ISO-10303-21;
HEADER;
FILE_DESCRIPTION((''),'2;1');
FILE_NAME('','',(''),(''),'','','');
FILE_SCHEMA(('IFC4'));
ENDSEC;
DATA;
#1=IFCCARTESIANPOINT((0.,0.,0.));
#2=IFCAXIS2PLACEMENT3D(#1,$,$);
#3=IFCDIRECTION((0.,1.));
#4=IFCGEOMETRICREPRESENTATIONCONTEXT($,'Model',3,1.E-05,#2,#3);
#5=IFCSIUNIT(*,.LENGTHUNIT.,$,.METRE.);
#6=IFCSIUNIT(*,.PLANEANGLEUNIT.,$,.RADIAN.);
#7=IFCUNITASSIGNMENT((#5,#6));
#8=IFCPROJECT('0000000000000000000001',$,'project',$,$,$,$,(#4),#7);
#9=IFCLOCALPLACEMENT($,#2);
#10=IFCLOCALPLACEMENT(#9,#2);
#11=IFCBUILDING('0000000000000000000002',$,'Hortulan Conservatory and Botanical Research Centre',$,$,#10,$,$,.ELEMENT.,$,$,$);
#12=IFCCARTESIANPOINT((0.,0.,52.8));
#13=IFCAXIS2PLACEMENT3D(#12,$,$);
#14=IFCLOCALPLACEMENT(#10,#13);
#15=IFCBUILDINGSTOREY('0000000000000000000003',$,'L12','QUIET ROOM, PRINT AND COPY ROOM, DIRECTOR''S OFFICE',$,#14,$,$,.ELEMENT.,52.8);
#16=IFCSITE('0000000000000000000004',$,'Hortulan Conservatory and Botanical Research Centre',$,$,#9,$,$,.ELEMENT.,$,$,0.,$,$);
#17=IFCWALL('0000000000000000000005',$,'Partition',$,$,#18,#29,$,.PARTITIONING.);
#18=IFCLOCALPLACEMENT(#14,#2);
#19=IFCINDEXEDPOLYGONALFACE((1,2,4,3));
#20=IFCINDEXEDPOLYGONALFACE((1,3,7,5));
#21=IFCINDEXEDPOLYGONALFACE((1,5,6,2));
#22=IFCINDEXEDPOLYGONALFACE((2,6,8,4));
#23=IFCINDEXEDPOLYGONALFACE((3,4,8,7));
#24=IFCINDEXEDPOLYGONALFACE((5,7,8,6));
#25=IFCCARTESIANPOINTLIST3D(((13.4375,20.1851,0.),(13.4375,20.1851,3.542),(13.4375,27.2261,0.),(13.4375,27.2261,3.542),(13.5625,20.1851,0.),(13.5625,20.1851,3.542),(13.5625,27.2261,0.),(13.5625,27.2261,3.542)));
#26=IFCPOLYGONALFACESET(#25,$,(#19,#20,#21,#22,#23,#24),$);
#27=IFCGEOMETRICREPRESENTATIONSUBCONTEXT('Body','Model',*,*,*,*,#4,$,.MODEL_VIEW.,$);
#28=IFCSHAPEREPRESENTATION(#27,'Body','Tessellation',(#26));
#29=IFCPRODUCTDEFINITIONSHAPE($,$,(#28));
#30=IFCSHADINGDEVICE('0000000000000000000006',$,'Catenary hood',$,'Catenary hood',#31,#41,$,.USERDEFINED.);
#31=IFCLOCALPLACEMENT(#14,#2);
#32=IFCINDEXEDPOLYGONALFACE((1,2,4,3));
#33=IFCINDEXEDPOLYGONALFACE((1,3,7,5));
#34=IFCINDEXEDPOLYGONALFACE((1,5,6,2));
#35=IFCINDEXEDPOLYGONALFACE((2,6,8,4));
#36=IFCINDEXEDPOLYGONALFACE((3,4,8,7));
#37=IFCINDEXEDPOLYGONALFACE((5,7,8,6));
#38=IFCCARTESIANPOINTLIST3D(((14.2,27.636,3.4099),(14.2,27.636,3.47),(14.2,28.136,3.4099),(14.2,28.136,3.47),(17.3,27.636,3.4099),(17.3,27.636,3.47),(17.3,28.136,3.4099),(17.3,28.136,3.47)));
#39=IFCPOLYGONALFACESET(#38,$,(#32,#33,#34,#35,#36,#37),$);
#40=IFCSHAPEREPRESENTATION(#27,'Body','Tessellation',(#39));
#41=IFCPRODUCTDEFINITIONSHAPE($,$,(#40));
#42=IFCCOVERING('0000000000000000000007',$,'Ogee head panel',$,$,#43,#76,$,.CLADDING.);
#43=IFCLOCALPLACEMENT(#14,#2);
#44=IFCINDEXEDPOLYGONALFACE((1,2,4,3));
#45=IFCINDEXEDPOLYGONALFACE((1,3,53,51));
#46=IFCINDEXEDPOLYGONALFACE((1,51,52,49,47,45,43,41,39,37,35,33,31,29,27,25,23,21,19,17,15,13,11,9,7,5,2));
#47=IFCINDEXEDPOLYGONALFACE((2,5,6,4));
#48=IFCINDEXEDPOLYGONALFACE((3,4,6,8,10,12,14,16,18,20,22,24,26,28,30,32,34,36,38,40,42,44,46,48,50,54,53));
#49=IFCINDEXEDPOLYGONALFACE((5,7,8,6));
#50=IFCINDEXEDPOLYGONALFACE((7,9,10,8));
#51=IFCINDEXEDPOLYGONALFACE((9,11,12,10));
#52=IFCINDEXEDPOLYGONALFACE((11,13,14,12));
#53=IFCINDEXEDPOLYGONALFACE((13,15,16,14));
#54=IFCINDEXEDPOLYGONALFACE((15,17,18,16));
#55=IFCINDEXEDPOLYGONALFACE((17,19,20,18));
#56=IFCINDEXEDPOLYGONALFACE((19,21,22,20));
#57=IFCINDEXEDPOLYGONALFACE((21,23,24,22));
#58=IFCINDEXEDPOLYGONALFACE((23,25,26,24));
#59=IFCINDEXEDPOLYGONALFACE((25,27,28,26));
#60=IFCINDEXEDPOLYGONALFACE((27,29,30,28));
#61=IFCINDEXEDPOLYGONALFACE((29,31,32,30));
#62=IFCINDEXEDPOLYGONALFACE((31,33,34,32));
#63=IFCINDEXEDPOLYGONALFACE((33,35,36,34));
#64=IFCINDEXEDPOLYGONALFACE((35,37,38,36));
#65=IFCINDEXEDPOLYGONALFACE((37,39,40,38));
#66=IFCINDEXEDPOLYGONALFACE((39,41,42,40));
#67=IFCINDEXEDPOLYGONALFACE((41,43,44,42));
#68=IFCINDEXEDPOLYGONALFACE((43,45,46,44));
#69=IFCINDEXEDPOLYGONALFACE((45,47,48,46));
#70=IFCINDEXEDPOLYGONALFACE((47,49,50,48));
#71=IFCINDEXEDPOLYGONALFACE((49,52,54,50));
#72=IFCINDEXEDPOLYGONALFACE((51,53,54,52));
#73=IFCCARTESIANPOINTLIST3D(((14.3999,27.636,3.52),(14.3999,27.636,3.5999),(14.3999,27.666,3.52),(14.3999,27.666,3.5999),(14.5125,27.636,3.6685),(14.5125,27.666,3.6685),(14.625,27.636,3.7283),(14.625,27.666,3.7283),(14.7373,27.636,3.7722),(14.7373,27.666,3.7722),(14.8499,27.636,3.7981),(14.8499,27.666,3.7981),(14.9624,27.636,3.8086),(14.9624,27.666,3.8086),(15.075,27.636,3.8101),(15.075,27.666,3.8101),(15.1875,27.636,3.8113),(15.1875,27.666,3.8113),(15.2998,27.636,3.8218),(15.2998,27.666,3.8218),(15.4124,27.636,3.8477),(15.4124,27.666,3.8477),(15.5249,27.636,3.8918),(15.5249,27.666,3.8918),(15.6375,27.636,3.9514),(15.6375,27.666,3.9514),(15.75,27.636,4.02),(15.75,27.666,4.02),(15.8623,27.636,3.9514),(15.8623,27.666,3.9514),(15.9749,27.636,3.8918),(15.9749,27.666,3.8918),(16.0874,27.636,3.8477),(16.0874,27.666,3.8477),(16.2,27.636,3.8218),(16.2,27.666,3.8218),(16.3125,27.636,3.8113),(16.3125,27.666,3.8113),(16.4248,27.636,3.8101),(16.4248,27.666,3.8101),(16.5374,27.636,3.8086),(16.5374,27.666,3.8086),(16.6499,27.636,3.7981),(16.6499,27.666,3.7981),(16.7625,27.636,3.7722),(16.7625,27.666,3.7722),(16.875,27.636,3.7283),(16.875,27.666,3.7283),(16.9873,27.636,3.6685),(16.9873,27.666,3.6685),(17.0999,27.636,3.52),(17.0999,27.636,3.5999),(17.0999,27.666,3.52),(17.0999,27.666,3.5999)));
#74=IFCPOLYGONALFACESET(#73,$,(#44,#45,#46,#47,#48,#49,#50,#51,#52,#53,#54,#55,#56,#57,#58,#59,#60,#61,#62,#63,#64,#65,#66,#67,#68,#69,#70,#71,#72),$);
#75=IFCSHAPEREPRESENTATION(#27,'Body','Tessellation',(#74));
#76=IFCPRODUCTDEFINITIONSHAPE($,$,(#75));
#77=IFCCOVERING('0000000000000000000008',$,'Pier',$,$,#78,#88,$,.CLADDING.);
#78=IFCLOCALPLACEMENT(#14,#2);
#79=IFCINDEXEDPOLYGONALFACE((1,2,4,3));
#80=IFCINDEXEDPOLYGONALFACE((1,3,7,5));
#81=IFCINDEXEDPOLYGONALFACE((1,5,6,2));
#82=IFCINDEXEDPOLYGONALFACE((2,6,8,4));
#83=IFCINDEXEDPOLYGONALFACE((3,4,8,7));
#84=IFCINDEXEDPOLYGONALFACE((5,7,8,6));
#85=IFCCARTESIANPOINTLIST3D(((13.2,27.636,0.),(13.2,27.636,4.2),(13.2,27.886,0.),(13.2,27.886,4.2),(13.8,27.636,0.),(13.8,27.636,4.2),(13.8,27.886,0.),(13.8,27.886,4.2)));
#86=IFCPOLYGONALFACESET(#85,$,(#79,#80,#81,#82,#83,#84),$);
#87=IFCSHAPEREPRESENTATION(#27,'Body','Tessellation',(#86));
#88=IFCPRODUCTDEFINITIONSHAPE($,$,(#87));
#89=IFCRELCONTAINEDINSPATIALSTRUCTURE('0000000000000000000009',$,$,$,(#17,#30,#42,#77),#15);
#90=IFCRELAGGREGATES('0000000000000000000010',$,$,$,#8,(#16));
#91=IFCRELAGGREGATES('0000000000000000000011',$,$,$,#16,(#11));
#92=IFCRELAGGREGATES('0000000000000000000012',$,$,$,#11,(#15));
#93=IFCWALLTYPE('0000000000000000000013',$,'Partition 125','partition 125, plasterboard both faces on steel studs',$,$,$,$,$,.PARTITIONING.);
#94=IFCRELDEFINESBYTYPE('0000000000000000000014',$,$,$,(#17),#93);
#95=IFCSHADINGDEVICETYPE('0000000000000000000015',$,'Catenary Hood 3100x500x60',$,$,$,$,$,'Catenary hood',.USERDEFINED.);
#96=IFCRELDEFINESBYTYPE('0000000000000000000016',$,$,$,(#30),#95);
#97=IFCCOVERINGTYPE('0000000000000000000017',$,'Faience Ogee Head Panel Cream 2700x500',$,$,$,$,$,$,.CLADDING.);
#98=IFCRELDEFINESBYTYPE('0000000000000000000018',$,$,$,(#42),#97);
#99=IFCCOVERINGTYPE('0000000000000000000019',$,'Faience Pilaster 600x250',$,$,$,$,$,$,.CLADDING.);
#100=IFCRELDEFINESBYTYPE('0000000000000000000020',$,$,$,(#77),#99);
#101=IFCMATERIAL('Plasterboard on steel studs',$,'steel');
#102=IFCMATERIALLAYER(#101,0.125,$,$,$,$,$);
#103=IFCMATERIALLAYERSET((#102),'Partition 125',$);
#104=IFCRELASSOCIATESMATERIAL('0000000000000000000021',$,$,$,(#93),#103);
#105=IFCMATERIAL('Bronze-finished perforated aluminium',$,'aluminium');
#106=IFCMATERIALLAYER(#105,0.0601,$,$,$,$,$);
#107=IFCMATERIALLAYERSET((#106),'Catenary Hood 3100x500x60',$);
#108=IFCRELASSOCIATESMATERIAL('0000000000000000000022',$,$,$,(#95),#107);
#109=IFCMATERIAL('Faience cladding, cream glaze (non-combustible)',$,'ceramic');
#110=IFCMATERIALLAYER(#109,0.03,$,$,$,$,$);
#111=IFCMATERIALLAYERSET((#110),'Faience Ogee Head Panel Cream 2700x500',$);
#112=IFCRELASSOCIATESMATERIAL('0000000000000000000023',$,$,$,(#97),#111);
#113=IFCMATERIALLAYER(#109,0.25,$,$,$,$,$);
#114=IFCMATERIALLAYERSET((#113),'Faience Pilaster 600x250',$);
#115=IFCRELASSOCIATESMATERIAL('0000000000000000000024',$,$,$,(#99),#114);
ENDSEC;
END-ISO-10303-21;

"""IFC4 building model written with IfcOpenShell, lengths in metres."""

from ifc_helpers import new_model, si_unit, direction, frame, frame_2d, origin, origin_2d, place, context, subcontext, project, spatial, polyline, rectangle, outline, extrude, material, layer, layer_set, type_object, element, save


model = new_model("IFC4")

# Units and contexts
model_context = context("Model", 3, precision=1e-05, world=origin(), true_north=direction((0.0, 1.0)))
body_context = subcontext(model_context, "Body", "Model", "MODEL_VIEW")
ifc_project = project(units=[si_unit("LENGTHUNIT", "METRE"), si_unit("PLANEANGLEUNIT", "RADIAN")], contexts=[model_context])

# Site, building, storey
site_placement = place(None, origin())
site = spatial("IfcSite", under=ifc_project, at=site_placement, Name="Hortulan Conservatory and Botanical Research Centre", CompositionType="ELEMENT", RefElevation=0.0)
building_placement = place(site_placement, origin())
building = spatial("IfcBuilding", under=site, at=building_placement, Name="Hortulan Conservatory and Botanical Research Centre", CompositionType="ELEMENT")
storey_placement = place(building_placement, frame((0.0, 0.0, 52.8)))
storey = spatial("IfcBuildingStorey", under=building, at=storey_placement, Name="L12", Description="QUIET ROOM, PRINT AND COPY ROOM, DIRECTOR'S OFFICE", CompositionType="ELEMENT", Elevation=52.8)

# Wall
ifc_material_1 = material(Name="Plasterboard on steel studs", Category="steel")
ifc_layer_1 = layer(ifc_material_1, 0.125)
ifc_layer_set_1 = layer_set([ifc_layer_1], Name="Partition 125")
wall_type_1 = type_object("IfcWallType", Name="Partition 125", Description="partition 125, plasterboard both faces on steel studs", PredefinedType="PARTITIONING", material=ifc_layer_set_1)
wall_1_placement = place(storey_placement, frame((13.5, 20.1851, 0.0), z_axis=(0.0, 0.0, 1.0), x_axis=(0.0, 1.0, 0.0)))
element("IfcWall", 1, at=wall_1_placement, inside=storey, type_object=wall_type_1, Name="Partition", PredefinedType="PARTITIONING", context=body_context, shape_type="SweptSolid", body=[
    extrude(rectangle(XDim=7.041, YDim=0.125, at=frame_2d((3.5205, 0.0))), origin(), (0.0, 0.0, 1.0), 3.542),
])

# Shading device
ifc_material_2 = material(Name="Bronze-finished perforated aluminium", Category="aluminium")
ifc_layer_2 = layer(ifc_material_2, 0.0601)
ifc_layer_set_2 = layer_set([ifc_layer_2], Name="Catenary Hood 3100x500x60")
shading_device_type = type_object("IfcShadingDeviceType", Name="Catenary Hood 3100x500x60", ElementType="Catenary hood", PredefinedType="USERDEFINED", material=ifc_layer_set_2)
shading_device_placement = place(storey_placement, frame((15.75, 27.886, 3.4099), z_axis=(0.0, 0.0, 1.0), x_axis=(1.0, 0.0, 0.0)))
element("IfcShadingDevice", 2, at=shading_device_placement, inside=storey, type_object=shading_device_type, Name="Catenary hood", ObjectType="Catenary hood", PredefinedType="USERDEFINED", context=body_context, shape_type="SweptSolid", body=[
    extrude(rectangle(XDim=3.1001, YDim=0.5, at=origin_2d()), origin(), (0.0, 0.0, 1.0), 0.0601),
])

# Coverings
ifc_material_3 = material(Name="Faience cladding, cream glaze (non-combustible)", Category="ceramic")
ifc_layer_3 = layer(ifc_material_3, 0.03)
ifc_layer_set_3 = layer_set([ifc_layer_3], Name="Faience Ogee Head Panel Cream 2700x500")
covering_type_1 = type_object("IfcCoveringType", Name="Faience Ogee Head Panel Cream 2700x500", PredefinedType="CLADDING", material=ifc_layer_set_3)
covering_1_placement = place(storey_placement, frame((14.3999, 27.6509, 3.52), z_axis=(0.0, 0.0, 1.0), x_axis=(1.0, 0.0, 0.0)))
element("IfcCovering", 3, at=covering_1_placement, inside=storey, type_object=covering_type_1, Name="Ogee head panel", PredefinedType="CLADDING", context=body_context, shape_type="SweptSolid", body=[
    extrude(outline(polyline([(0.0, 0.0), (2.7, 0.0), (2.7, 0.0798), (2.5874, 0.1484), (2.4751, 0.2083), (2.3625, 0.2522), (2.25, 0.2781), (2.1375, 0.2886), (2.0249, 0.29), (1.9126, 0.2913), (1.8, 0.3018), (1.6875, 0.3276), (1.575, 0.3718), (1.4624, 0.4314), (1.3501, 0.5), (1.2375, 0.4314), (1.125, 0.3718), (1.0125, 0.3276), (0.8999, 0.3018), (0.7876, 0.2913), (0.675, 0.29), (0.5625, 0.2886), (0.45, 0.2781), (0.3374, 0.2522), (0.2251, 0.2083), (0.1125, 0.1484), (0.0, 0.0798), (0.0, 0.0)])), frame((0.0, 0.0151, 0.0), z_axis=(0.0, -1.0, 0.0), x_axis=(1.0, 0.0, 0.0)), (0.0, 0.0, 1.0), 0.03),
])
ifc_layer_4 = layer(ifc_material_3, 0.25)
ifc_layer_set_4 = layer_set([ifc_layer_4], Name="Faience Pilaster 600x250")
covering_type_2 = type_object("IfcCoveringType", Name="Faience Pilaster 600x250", PredefinedType="CLADDING", material=ifc_layer_set_4)
covering_2_placement = place(storey_placement, frame((13.5, 27.761, 0.0), z_axis=(0.0, 0.0, 1.0), x_axis=(1.0, 0.0, 0.0)))
element("IfcCovering", 4, at=covering_2_placement, inside=storey, type_object=covering_type_2, Name="Pier", PredefinedType="CLADDING", context=body_context, shape_type="SweptSolid", body=[
    extrude(rectangle(XDim=0.6001, YDim=0.25, at=origin_2d()), origin(), (0.0, 0.0, 1.0), 4.2),
])

save(model, "model.ifc")
